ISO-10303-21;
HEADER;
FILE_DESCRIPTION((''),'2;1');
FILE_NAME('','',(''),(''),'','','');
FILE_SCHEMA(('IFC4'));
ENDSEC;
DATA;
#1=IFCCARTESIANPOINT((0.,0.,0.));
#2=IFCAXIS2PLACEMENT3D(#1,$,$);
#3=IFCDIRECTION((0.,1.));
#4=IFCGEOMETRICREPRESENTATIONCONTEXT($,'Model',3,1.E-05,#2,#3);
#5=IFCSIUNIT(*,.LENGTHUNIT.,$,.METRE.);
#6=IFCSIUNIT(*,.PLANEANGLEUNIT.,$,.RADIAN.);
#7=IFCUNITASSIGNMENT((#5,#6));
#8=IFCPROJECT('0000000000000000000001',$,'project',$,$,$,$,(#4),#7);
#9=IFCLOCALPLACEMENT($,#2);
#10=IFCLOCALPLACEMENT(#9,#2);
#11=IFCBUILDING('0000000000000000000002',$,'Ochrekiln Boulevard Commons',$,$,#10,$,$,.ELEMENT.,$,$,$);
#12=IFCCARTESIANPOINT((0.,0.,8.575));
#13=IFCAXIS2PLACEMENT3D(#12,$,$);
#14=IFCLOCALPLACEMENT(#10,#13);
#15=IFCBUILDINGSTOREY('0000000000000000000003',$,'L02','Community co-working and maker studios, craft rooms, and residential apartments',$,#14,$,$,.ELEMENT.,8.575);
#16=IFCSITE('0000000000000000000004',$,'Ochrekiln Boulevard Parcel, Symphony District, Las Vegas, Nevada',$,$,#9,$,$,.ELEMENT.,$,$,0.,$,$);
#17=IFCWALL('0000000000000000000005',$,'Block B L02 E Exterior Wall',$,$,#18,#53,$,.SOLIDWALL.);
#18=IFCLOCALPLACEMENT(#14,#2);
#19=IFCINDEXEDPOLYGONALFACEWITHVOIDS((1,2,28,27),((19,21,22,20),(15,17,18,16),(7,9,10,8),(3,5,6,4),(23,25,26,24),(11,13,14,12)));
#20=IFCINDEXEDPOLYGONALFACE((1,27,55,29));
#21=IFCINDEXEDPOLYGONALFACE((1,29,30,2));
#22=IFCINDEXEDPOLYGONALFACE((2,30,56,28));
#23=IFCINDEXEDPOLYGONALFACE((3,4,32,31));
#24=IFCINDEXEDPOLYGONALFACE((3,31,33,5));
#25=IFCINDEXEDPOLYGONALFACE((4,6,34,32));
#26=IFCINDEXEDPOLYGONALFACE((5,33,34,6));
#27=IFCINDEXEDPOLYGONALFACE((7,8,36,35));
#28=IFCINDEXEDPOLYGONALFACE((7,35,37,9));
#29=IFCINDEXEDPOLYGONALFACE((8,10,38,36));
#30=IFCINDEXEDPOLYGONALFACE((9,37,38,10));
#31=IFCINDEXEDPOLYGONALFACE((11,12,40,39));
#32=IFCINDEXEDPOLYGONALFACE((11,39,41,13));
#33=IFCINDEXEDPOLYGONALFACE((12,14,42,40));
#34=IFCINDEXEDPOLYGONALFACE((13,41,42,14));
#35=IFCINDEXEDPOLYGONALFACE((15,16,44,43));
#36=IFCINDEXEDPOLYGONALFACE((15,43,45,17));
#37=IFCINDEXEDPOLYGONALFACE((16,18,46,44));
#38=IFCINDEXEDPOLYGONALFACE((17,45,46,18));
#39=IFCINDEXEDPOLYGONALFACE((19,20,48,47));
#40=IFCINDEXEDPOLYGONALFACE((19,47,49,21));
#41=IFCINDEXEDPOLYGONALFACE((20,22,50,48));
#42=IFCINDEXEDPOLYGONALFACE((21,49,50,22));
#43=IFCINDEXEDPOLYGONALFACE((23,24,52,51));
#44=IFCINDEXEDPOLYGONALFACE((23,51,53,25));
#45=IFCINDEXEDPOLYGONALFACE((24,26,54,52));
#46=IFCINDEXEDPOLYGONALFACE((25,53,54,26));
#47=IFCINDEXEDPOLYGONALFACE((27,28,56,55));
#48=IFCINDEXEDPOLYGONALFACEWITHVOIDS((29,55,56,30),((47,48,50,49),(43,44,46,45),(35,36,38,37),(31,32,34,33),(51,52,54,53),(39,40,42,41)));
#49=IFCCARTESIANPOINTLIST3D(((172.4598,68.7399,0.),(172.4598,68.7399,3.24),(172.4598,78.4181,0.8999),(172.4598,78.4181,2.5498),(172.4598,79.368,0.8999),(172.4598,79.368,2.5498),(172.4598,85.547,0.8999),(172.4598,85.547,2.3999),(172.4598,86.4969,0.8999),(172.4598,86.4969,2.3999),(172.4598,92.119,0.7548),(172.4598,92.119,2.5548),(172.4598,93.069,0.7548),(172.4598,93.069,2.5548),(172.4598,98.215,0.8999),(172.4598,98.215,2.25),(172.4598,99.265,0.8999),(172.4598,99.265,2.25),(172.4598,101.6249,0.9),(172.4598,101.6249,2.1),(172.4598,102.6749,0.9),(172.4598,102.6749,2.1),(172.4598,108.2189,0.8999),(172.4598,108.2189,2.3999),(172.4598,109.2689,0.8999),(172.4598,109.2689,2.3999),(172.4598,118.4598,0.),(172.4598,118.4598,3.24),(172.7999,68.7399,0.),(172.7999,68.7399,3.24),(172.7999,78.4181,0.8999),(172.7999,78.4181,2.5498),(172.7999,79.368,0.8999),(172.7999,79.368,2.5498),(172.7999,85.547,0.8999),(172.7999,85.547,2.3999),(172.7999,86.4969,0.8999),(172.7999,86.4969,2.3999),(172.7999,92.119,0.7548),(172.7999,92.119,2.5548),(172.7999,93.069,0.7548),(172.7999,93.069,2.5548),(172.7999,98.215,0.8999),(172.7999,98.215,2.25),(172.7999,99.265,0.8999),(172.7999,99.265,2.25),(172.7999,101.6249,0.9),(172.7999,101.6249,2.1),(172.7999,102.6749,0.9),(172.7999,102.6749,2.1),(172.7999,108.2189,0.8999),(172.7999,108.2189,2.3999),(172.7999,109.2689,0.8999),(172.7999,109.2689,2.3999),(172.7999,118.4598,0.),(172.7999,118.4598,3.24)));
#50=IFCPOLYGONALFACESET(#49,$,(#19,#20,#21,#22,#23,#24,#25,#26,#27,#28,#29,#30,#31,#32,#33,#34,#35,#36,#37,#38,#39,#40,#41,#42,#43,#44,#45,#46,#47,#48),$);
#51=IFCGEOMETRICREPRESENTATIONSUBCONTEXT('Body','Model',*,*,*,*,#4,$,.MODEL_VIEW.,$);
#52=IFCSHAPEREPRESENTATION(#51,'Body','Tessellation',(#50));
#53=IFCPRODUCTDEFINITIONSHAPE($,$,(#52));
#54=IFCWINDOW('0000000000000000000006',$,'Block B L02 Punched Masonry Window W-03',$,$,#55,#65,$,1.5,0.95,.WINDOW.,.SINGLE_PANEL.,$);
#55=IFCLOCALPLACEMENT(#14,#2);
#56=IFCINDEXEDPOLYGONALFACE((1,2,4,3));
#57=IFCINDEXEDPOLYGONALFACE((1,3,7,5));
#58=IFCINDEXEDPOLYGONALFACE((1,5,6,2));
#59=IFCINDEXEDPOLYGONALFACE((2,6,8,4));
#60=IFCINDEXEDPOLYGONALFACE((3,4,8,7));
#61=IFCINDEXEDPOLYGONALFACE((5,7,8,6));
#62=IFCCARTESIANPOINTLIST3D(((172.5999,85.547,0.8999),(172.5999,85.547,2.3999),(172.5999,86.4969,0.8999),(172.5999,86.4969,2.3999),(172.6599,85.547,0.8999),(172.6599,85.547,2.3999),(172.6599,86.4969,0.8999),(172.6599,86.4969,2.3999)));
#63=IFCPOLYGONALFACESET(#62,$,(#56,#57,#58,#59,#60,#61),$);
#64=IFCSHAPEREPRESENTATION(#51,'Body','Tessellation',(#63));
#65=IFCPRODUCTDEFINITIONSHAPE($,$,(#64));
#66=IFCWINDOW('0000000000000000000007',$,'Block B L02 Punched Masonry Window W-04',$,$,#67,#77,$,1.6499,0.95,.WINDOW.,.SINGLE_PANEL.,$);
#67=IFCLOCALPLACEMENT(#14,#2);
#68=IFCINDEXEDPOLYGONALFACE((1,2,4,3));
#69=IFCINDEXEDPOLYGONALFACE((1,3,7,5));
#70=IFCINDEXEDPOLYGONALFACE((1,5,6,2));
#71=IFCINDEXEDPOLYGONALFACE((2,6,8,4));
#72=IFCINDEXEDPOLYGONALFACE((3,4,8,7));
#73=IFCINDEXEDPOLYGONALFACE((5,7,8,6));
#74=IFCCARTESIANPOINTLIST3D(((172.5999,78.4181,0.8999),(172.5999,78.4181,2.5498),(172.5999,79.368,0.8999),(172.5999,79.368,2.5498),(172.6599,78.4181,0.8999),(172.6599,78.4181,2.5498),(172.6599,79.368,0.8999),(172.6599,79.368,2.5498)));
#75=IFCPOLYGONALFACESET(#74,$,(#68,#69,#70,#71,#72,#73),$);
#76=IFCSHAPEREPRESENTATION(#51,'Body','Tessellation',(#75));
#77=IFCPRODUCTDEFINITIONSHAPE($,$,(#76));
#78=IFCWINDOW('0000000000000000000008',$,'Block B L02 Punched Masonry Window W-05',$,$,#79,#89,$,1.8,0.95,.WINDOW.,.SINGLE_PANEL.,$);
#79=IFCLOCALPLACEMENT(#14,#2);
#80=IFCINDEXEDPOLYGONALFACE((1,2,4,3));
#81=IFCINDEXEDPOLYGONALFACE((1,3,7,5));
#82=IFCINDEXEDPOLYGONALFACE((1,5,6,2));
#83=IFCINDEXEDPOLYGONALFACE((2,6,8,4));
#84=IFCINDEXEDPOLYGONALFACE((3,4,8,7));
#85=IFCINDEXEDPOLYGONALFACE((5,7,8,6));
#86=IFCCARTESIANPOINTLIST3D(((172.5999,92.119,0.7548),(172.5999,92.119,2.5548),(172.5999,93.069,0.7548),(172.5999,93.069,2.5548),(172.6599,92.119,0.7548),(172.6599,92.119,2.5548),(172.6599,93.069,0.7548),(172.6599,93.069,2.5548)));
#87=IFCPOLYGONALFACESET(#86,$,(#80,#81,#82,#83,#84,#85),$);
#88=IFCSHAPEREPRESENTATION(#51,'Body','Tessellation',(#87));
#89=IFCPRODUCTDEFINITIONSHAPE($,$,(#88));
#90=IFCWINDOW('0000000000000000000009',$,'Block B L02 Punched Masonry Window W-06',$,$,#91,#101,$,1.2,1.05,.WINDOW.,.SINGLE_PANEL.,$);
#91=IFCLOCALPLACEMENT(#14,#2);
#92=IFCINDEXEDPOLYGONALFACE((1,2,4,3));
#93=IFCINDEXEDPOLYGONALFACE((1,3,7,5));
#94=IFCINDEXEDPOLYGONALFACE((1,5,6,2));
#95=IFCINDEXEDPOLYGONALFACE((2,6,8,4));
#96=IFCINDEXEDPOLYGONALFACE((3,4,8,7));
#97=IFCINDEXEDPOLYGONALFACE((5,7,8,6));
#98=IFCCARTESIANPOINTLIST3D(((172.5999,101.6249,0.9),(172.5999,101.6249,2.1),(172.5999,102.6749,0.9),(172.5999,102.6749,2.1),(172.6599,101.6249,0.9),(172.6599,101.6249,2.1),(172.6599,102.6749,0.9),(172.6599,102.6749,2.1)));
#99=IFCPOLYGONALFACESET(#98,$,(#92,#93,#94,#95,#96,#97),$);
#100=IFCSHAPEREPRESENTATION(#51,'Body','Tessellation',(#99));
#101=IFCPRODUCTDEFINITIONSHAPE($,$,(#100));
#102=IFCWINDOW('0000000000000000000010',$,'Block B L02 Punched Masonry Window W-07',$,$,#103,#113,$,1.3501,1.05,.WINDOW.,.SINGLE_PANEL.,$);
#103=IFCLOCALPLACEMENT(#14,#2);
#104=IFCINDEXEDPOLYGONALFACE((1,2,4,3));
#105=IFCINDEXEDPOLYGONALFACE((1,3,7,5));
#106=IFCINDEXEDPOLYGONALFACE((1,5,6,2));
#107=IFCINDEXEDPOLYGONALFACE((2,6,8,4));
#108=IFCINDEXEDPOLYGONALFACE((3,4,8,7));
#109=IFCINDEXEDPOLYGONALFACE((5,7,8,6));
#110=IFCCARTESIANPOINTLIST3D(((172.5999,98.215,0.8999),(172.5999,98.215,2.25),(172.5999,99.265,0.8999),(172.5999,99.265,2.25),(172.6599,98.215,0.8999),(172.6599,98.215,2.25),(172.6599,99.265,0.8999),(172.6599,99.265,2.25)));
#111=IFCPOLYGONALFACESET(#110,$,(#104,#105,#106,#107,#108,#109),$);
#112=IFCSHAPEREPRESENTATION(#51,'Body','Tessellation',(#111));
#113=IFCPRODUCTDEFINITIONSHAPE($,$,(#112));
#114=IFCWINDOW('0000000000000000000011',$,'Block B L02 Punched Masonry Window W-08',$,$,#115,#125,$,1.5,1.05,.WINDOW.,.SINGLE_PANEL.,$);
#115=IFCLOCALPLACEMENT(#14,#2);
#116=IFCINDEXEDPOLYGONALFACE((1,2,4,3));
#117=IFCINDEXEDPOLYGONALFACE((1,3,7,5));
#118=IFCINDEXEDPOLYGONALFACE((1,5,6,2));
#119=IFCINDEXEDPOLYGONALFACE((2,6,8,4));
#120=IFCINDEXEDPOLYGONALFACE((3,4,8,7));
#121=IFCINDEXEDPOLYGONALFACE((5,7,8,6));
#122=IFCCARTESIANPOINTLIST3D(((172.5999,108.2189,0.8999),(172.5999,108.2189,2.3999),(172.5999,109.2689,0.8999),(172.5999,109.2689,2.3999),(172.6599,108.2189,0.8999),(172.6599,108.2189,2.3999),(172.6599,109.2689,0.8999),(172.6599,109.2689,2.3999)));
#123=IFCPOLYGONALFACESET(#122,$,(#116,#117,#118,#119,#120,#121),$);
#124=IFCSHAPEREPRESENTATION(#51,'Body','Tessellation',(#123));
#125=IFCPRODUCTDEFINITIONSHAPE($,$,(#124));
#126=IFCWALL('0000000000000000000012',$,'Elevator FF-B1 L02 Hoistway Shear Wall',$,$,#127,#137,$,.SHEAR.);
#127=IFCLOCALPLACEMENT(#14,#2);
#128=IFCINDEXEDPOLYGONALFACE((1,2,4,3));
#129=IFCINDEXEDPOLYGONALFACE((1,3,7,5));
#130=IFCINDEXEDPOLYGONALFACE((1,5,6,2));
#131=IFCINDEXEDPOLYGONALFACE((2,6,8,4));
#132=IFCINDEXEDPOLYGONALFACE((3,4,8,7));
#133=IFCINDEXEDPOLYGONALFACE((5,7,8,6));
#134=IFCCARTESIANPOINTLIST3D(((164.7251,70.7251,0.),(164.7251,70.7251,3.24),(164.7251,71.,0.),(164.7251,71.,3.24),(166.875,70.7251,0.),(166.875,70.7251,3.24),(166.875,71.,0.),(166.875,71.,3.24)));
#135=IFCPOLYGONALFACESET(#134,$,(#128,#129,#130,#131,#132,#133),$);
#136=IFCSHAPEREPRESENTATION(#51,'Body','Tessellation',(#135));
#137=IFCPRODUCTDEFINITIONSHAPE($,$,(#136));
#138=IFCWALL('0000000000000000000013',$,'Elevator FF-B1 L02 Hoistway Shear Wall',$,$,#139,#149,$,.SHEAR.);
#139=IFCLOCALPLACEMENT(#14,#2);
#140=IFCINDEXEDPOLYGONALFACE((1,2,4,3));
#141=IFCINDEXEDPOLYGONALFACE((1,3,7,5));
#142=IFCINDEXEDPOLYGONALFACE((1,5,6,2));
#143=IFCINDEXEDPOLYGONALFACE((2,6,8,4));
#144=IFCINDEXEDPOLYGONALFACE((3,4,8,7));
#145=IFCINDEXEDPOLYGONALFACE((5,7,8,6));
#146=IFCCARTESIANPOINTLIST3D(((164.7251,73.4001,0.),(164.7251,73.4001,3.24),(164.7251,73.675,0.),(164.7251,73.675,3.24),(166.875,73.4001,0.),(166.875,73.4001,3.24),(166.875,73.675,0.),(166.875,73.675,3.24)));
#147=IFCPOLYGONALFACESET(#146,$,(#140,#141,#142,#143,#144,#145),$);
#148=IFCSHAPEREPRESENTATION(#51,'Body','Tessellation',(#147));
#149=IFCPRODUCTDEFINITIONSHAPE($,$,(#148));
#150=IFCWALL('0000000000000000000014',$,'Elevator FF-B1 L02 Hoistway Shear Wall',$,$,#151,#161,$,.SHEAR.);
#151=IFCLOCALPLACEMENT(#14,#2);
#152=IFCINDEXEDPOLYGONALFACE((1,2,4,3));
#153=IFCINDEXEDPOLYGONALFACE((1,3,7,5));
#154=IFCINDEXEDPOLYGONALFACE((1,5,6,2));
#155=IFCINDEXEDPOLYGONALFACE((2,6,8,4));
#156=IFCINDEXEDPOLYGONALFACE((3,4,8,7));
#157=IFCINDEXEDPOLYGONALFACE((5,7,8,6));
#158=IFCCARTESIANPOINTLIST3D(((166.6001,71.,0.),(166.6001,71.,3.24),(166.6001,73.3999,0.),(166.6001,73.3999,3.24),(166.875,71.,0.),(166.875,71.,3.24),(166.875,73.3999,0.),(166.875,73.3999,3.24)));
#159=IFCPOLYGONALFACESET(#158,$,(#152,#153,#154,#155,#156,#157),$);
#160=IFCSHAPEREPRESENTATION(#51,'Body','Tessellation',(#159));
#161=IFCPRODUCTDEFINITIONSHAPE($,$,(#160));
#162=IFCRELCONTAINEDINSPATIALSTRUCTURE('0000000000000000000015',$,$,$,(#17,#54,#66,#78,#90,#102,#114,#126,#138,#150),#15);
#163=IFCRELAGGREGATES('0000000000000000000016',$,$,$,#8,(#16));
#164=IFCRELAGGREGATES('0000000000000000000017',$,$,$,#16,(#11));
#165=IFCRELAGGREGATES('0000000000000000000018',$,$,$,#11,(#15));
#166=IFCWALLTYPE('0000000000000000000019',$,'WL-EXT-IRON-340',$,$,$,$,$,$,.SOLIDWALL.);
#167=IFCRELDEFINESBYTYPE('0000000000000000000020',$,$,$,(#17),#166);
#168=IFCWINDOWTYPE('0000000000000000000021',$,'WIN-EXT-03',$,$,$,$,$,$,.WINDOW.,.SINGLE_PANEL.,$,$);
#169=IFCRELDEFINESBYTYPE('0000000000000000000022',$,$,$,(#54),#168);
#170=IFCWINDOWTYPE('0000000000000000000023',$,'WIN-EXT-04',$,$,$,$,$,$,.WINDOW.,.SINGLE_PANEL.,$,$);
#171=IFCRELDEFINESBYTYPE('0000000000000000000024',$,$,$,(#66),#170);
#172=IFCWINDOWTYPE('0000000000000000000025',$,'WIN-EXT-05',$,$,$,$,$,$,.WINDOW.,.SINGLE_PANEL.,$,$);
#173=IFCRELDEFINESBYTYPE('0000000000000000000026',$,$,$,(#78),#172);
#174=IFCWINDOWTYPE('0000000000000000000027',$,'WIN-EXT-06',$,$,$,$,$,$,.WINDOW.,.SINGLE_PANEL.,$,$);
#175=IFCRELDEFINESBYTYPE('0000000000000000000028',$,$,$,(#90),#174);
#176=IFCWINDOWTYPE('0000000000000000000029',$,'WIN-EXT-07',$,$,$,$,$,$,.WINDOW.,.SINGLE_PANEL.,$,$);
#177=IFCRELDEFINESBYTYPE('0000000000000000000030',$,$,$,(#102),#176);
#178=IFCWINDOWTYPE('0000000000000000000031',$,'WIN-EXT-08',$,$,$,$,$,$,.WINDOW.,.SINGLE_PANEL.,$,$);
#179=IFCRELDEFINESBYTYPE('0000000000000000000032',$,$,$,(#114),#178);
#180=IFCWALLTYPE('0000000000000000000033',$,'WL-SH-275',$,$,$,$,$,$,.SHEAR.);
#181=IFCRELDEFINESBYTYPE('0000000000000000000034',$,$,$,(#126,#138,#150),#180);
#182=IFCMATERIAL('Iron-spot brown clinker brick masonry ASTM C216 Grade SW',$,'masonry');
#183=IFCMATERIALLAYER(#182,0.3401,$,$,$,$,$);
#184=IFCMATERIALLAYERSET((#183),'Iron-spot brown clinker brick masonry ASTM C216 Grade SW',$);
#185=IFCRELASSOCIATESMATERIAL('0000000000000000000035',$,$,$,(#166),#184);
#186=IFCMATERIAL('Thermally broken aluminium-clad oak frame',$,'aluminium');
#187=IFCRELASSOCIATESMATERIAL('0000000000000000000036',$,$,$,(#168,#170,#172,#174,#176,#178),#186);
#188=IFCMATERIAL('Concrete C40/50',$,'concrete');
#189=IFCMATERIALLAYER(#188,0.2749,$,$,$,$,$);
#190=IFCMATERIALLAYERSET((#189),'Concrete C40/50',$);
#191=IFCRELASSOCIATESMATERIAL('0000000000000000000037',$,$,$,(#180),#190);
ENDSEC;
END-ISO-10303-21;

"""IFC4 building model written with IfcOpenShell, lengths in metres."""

from ifc_helpers import new_model, si_unit, direction, frame, frame_2d, origin, place, context, subcontext, project, spatial, rectangle, extrude, material, layer, layer_set, type_object, element, fill, save


model = new_model("IFC4")

# Units and contexts
model_context = context("Model", 3, precision=1e-05, world=origin(), true_north=direction((0.0, 1.0)))
body_context = subcontext(model_context, "Body", "Model", "MODEL_VIEW")
ifc_project = project(units=[si_unit("LENGTHUNIT", "METRE"), si_unit("PLANEANGLEUNIT", "RADIAN")], contexts=[model_context])

# Site, building, storey
site_placement = place(None, origin())
site = spatial("IfcSite", under=ifc_project, at=site_placement, Name="Ochrekiln Boulevard Parcel, Symphony District, Las Vegas, Nevada", CompositionType="ELEMENT", RefElevation=0.0)
building_placement = place(site_placement, origin())
building = spatial("IfcBuilding", under=site, at=building_placement, Name="Ochrekiln Boulevard Commons", CompositionType="ELEMENT")
storey_placement = place(building_placement, frame((0.0, 0.0, 8.575)))
storey = spatial("IfcBuildingStorey", under=building, at=storey_placement, Name="L02", Description="Community co-working and maker studios, craft rooms, and residential apartments", CompositionType="ELEMENT", Elevation=8.575)

# Shared definitions
ifc_material_1 = material(Name="Concrete C40/50", Category="concrete")

# Wall, openings, windows
ifc_material_2 = material(Name="Iron-spot brown clinker brick masonry ASTM C216 Grade SW", Category="masonry")
ifc_layer_1 = layer(ifc_material_2, 0.3401)
ifc_layer_set_1 = layer_set([ifc_layer_1], Name="Iron-spot brown clinker brick masonry ASTM C216 Grade SW")
wall_type_1 = type_object("IfcWallType", Name="WL-EXT-IRON-340", PredefinedType="SOLIDWALL", material=ifc_layer_set_1)
wall_1_placement = place(storey_placement, frame((172.6299, 68.74, 0.0), z_axis=(0.0, 0.0, 1.0), x_axis=(0.0, 1.0, 0.0)))
wall_1 = element("IfcWall", 1, at=wall_1_placement, inside=storey, type_object=wall_type_1, Name="Block B L02 E Exterior Wall", PredefinedType="SOLIDWALL", context=body_context, shape_type="SweptSolid", body=[
    extrude(rectangle(XDim=49.72, YDim=0.3401, at=frame_2d((24.8599, 0.0))), origin(), (0.0, 0.0, 1.0), 3.24),
])
opening_1_placement = place(wall_1_placement, frame((16.8069, 0.0, 0.8999)))
opening_1 = element("IfcOpeningElement", 2, at=opening_1_placement, cuts=wall_1, PredefinedType="OPENING", context=body_context, shape_type="SweptSolid", body=[
    extrude(rectangle(XDim=0.95, YDim=1.5, at=frame_2d((0.4751, 0.75))), frame((0.0, 0.1799, 0.0), z_axis=(0.0, -1.0, 0.0), x_axis=(1.0, 0.0, 0.0)), (0.0, 0.0, 1.0), 0.3601),
])
opening_2_placement = place(wall_1_placement, frame((9.678, 0.0, 0.8999)))
opening_2 = element("IfcOpeningElement", 3, at=opening_2_placement, cuts=wall_1, PredefinedType="OPENING", context=body_context, shape_type="SweptSolid", body=[
    extrude(rectangle(XDim=0.95, YDim=1.6499, at=frame_2d((0.4751, 0.825))), frame((0.0, 0.1799, 0.0), z_axis=(0.0, -1.0, 0.0), x_axis=(1.0, 0.0, 0.0)), (0.0, 0.0, 1.0), 0.3601),
])
opening_3_placement = place(wall_1_placement, frame((23.3789, 0.0, 0.7549)))
opening_3 = element("IfcOpeningElement", 4, at=opening_3_placement, cuts=wall_1, PredefinedType="OPENING", context=body_context, shape_type="SweptSolid", body=[
    extrude(rectangle(XDim=0.95, YDim=1.8, at=frame_2d((0.4751, 0.8999))), frame((0.0, 0.1799, 0.0), z_axis=(0.0, -1.0, 0.0), x_axis=(1.0, 0.0, 0.0)), (0.0, 0.0, 1.0), 0.3601),
])
opening_4_placement = place(wall_1_placement, frame((32.885, 0.0, 0.8999)))
opening_4 = element("IfcOpeningElement", 5, at=opening_4_placement, cuts=wall_1, PredefinedType="OPENING", context=body_context, shape_type="SweptSolid", body=[
    extrude(rectangle(XDim=1.05, YDim=1.2, at=frame_2d((0.5249, 0.6001))), frame((0.0, 0.1799, 0.0), z_axis=(0.0, -1.0, 0.0), x_axis=(1.0, 0.0, 0.0)), (0.0, 0.0, 1.0), 0.3601),
])
opening_5_placement = place(wall_1_placement, frame((29.4751, 0.0, 0.8999)))
opening_5 = element("IfcOpeningElement", 6, at=opening_5_placement, cuts=wall_1, PredefinedType="OPENING", context=body_context, shape_type="SweptSolid", body=[
    extrude(rectangle(XDim=1.05, YDim=1.3501, at=frame_2d((0.5249, 0.675))), frame((0.0, 0.1799, 0.0), z_axis=(0.0, -1.0, 0.0), x_axis=(1.0, 0.0, 0.0)), (0.0, 0.0, 1.0), 0.3601),
])
opening_6_placement = place(wall_1_placement, frame((39.479, 0.0, 0.8999)))
opening_6 = element("IfcOpeningElement", 7, at=opening_6_placement, cuts=wall_1, PredefinedType="OPENING", context=body_context, shape_type="SweptSolid", body=[
    extrude(rectangle(XDim=1.05, YDim=1.5, at=frame_2d((0.5249, 0.75))), frame((0.0, 0.1799, 0.0), z_axis=(0.0, -1.0, 0.0), x_axis=(1.0, 0.0, 0.0)), (0.0, 0.0, 1.0), 0.3601),
])
ifc_material_3 = material(Name="Thermally broken aluminium-clad oak frame", Category="aluminium")
window_type_1 = type_object("IfcWindowType", Name="WIN-EXT-03", PartitioningType="SINGLE_PANEL", PredefinedType="WINDOW", material=ifc_material_3)
window_1_placement = place(opening_1_placement, origin())
window_1 = element("IfcWindow", 8, at=window_1_placement, inside=storey, type_object=window_type_1, Name="Block B L02 Punched Masonry Window W-03", OverallHeight=1.5, OverallWidth=0.95, PartitioningType="SINGLE_PANEL", PredefinedType="WINDOW", context=body_context, shape_type="SweptSolid", body=[
    extrude(rectangle(XDim=0.95, YDim=1.5, at=frame_2d((0.4751, 0.75))), frame((0.0, 0.03, 0.0), z_axis=(0.0, -1.0, 0.0), x_axis=(1.0, 0.0, 0.0)), (0.0, 0.0, 1.0), 0.0601),
])
fill(opening_1, window_1)
window_type_2 = type_object("IfcWindowType", Name="WIN-EXT-04", PartitioningType="SINGLE_PANEL", PredefinedType="WINDOW", material=ifc_material_3)
window_2_placement = place(opening_2_placement, origin())
window_2 = element("IfcWindow", 9, at=window_2_placement, inside=storey, type_object=window_type_2, Name="Block B L02 Punched Masonry Window W-04", OverallHeight=1.6499, OverallWidth=0.95, PartitioningType="SINGLE_PANEL", PredefinedType="WINDOW", context=body_context, shape_type="SweptSolid", body=[
    extrude(rectangle(XDim=0.95, YDim=1.6499, at=frame_2d((0.4751, 0.825))), frame((0.0, 0.03, 0.0), z_axis=(0.0, -1.0, 0.0), x_axis=(1.0, 0.0, 0.0)), (0.0, 0.0, 1.0), 0.0601),
])
fill(opening_2, window_2)
window_type_3 = type_object("IfcWindowType", Name="WIN-EXT-05", PartitioningType="SINGLE_PANEL", PredefinedType="WINDOW", material=ifc_material_3)
window_3_placement = place(opening_3_placement, origin())
window_3 = element("IfcWindow", 10, at=window_3_placement, inside=storey, type_object=window_type_3, Name="Block B L02 Punched Masonry Window W-05", OverallHeight=1.8, OverallWidth=0.95, PartitioningType="SINGLE_PANEL", PredefinedType="WINDOW", context=body_context, shape_type="SweptSolid", body=[
    extrude(rectangle(XDim=0.95, YDim=1.8, at=frame_2d((0.4751, 0.8999))), frame((0.0, 0.03, 0.0), z_axis=(0.0, -1.0, 0.0), x_axis=(1.0, 0.0, 0.0)), (0.0, 0.0, 1.0), 0.0601),
])
fill(opening_3, window_3)
window_type_4 = type_object("IfcWindowType", Name="WIN-EXT-06", PartitioningType="SINGLE_PANEL", PredefinedType="WINDOW", material=ifc_material_3)
window_4_placement = place(opening_4_placement, origin())
window_4 = element("IfcWindow", 11, at=window_4_placement, inside=storey, type_object=window_type_4, Name="Block B L02 Punched Masonry Window W-06", OverallHeight=1.2, OverallWidth=1.05, PartitioningType="SINGLE_PANEL", PredefinedType="WINDOW", context=body_context, shape_type="SweptSolid", body=[
    extrude(rectangle(XDim=1.05, YDim=1.2, at=frame_2d((0.5249, 0.6001))), frame((0.0, 0.03, 0.0), z_axis=(0.0, -1.0, 0.0), x_axis=(1.0, 0.0, 0.0)), (0.0, 0.0, 1.0), 0.0601),
])
fill(opening_4, window_4)
window_type_5 = type_object("IfcWindowType", Name="WIN-EXT-07", PartitioningType="SINGLE_PANEL", PredefinedType="WINDOW", material=ifc_material_3)
window_5_placement = place(opening_5_placement, origin())
window_5 = element("IfcWindow", 12, at=window_5_placement, inside=storey, type_object=window_type_5, Name="Block B L02 Punched Masonry Window W-07", OverallHeight=1.3501, OverallWidth=1.05, PartitioningType="SINGLE_PANEL", PredefinedType="WINDOW", context=body_context, shape_type="SweptSolid", body=[
    extrude(rectangle(XDim=1.05, YDim=1.3501, at=frame_2d((0.5249, 0.675))), frame((0.0, 0.03, 0.0), z_axis=(0.0, -1.0, 0.0), x_axis=(1.0, 0.0, 0.0)), (0.0, 0.0, 1.0), 0.0601),
])
fill(opening_5, window_5)
window_type_6 = type_object("IfcWindowType", Name="WIN-EXT-08", PartitioningType="SINGLE_PANEL", PredefinedType="WINDOW", material=ifc_material_3)
window_6_placement = place(opening_6_placement, origin())
window_6 = element("IfcWindow", 13, at=window_6_placement, inside=storey, type_object=window_type_6, Name="Block B L02 Punched Masonry Window W-08", OverallHeight=1.5, OverallWidth=1.05, PartitioningType="SINGLE_PANEL", PredefinedType="WINDOW", context=body_context, shape_type="SweptSolid", body=[
    extrude(rectangle(XDim=1.05, YDim=1.5, at=frame_2d((0.5249, 0.75))), frame((0.0, 0.03, 0.0), z_axis=(0.0, -1.0, 0.0), x_axis=(1.0, 0.0, 0.0)), (0.0, 0.0, 1.0), 0.0601),
])
fill(opening_6, window_6)

# Walls
ifc_layer_2 = layer(ifc_material_1, 0.2749)
ifc_layer_set_2 = layer_set([ifc_layer_2], Name="Concrete C40/50")
wall_type_2 = type_object("IfcWallType", Name="WL-SH-275", PredefinedType="SHEAR", material=ifc_layer_set_2)
for number, where, z_axis, x_axis, name in (
    (14, (164.7251, 70.8625, 0.0), (0.0, 0.0, 1.0), (1.0, 0.0, 0.0), "Elevator FF-B1 L02 Hoistway Shear Wall"),
    (15, (164.7251, 73.5376, 0.0), (0.0, 0.0, 1.0), (1.0, 0.0, 0.0), "Elevator FF-B1 L02 Hoistway Shear Wall"),
):
    element("IfcWall", number, at=place(storey_placement, frame(where, z_axis=z_axis, x_axis=x_axis)), inside=storey, type_object=wall_type_2, Name=name, PredefinedType="SHEAR", context=body_context, shape_type="SweptSolid", body=[
        extrude(rectangle(XDim=2.1499, YDim=0.2749, at=frame_2d((1.075, 0.0))), origin(), (0.0, 0.0, 1.0), 3.24),
    ])

# Wall
wall_2_placement = place(storey_placement, frame((166.7375, 71.0, 0.0), z_axis=(0.0, 0.0, 1.0), x_axis=(0.0, 1.0, 0.0)))
element("IfcWall", 16, at=wall_2_placement, inside=storey, type_object=wall_type_2, Name="Elevator FF-B1 L02 Hoistway Shear Wall", PredefinedType="SHEAR", context=body_context, shape_type="SweptSolid", body=[
    extrude(rectangle(XDim=2.3999, YDim=0.2749, at=frame_2d((1.2, 0.0))), origin(), (0.0, 0.0, 1.0), 3.24),
])

save(model, "model.ifc")
